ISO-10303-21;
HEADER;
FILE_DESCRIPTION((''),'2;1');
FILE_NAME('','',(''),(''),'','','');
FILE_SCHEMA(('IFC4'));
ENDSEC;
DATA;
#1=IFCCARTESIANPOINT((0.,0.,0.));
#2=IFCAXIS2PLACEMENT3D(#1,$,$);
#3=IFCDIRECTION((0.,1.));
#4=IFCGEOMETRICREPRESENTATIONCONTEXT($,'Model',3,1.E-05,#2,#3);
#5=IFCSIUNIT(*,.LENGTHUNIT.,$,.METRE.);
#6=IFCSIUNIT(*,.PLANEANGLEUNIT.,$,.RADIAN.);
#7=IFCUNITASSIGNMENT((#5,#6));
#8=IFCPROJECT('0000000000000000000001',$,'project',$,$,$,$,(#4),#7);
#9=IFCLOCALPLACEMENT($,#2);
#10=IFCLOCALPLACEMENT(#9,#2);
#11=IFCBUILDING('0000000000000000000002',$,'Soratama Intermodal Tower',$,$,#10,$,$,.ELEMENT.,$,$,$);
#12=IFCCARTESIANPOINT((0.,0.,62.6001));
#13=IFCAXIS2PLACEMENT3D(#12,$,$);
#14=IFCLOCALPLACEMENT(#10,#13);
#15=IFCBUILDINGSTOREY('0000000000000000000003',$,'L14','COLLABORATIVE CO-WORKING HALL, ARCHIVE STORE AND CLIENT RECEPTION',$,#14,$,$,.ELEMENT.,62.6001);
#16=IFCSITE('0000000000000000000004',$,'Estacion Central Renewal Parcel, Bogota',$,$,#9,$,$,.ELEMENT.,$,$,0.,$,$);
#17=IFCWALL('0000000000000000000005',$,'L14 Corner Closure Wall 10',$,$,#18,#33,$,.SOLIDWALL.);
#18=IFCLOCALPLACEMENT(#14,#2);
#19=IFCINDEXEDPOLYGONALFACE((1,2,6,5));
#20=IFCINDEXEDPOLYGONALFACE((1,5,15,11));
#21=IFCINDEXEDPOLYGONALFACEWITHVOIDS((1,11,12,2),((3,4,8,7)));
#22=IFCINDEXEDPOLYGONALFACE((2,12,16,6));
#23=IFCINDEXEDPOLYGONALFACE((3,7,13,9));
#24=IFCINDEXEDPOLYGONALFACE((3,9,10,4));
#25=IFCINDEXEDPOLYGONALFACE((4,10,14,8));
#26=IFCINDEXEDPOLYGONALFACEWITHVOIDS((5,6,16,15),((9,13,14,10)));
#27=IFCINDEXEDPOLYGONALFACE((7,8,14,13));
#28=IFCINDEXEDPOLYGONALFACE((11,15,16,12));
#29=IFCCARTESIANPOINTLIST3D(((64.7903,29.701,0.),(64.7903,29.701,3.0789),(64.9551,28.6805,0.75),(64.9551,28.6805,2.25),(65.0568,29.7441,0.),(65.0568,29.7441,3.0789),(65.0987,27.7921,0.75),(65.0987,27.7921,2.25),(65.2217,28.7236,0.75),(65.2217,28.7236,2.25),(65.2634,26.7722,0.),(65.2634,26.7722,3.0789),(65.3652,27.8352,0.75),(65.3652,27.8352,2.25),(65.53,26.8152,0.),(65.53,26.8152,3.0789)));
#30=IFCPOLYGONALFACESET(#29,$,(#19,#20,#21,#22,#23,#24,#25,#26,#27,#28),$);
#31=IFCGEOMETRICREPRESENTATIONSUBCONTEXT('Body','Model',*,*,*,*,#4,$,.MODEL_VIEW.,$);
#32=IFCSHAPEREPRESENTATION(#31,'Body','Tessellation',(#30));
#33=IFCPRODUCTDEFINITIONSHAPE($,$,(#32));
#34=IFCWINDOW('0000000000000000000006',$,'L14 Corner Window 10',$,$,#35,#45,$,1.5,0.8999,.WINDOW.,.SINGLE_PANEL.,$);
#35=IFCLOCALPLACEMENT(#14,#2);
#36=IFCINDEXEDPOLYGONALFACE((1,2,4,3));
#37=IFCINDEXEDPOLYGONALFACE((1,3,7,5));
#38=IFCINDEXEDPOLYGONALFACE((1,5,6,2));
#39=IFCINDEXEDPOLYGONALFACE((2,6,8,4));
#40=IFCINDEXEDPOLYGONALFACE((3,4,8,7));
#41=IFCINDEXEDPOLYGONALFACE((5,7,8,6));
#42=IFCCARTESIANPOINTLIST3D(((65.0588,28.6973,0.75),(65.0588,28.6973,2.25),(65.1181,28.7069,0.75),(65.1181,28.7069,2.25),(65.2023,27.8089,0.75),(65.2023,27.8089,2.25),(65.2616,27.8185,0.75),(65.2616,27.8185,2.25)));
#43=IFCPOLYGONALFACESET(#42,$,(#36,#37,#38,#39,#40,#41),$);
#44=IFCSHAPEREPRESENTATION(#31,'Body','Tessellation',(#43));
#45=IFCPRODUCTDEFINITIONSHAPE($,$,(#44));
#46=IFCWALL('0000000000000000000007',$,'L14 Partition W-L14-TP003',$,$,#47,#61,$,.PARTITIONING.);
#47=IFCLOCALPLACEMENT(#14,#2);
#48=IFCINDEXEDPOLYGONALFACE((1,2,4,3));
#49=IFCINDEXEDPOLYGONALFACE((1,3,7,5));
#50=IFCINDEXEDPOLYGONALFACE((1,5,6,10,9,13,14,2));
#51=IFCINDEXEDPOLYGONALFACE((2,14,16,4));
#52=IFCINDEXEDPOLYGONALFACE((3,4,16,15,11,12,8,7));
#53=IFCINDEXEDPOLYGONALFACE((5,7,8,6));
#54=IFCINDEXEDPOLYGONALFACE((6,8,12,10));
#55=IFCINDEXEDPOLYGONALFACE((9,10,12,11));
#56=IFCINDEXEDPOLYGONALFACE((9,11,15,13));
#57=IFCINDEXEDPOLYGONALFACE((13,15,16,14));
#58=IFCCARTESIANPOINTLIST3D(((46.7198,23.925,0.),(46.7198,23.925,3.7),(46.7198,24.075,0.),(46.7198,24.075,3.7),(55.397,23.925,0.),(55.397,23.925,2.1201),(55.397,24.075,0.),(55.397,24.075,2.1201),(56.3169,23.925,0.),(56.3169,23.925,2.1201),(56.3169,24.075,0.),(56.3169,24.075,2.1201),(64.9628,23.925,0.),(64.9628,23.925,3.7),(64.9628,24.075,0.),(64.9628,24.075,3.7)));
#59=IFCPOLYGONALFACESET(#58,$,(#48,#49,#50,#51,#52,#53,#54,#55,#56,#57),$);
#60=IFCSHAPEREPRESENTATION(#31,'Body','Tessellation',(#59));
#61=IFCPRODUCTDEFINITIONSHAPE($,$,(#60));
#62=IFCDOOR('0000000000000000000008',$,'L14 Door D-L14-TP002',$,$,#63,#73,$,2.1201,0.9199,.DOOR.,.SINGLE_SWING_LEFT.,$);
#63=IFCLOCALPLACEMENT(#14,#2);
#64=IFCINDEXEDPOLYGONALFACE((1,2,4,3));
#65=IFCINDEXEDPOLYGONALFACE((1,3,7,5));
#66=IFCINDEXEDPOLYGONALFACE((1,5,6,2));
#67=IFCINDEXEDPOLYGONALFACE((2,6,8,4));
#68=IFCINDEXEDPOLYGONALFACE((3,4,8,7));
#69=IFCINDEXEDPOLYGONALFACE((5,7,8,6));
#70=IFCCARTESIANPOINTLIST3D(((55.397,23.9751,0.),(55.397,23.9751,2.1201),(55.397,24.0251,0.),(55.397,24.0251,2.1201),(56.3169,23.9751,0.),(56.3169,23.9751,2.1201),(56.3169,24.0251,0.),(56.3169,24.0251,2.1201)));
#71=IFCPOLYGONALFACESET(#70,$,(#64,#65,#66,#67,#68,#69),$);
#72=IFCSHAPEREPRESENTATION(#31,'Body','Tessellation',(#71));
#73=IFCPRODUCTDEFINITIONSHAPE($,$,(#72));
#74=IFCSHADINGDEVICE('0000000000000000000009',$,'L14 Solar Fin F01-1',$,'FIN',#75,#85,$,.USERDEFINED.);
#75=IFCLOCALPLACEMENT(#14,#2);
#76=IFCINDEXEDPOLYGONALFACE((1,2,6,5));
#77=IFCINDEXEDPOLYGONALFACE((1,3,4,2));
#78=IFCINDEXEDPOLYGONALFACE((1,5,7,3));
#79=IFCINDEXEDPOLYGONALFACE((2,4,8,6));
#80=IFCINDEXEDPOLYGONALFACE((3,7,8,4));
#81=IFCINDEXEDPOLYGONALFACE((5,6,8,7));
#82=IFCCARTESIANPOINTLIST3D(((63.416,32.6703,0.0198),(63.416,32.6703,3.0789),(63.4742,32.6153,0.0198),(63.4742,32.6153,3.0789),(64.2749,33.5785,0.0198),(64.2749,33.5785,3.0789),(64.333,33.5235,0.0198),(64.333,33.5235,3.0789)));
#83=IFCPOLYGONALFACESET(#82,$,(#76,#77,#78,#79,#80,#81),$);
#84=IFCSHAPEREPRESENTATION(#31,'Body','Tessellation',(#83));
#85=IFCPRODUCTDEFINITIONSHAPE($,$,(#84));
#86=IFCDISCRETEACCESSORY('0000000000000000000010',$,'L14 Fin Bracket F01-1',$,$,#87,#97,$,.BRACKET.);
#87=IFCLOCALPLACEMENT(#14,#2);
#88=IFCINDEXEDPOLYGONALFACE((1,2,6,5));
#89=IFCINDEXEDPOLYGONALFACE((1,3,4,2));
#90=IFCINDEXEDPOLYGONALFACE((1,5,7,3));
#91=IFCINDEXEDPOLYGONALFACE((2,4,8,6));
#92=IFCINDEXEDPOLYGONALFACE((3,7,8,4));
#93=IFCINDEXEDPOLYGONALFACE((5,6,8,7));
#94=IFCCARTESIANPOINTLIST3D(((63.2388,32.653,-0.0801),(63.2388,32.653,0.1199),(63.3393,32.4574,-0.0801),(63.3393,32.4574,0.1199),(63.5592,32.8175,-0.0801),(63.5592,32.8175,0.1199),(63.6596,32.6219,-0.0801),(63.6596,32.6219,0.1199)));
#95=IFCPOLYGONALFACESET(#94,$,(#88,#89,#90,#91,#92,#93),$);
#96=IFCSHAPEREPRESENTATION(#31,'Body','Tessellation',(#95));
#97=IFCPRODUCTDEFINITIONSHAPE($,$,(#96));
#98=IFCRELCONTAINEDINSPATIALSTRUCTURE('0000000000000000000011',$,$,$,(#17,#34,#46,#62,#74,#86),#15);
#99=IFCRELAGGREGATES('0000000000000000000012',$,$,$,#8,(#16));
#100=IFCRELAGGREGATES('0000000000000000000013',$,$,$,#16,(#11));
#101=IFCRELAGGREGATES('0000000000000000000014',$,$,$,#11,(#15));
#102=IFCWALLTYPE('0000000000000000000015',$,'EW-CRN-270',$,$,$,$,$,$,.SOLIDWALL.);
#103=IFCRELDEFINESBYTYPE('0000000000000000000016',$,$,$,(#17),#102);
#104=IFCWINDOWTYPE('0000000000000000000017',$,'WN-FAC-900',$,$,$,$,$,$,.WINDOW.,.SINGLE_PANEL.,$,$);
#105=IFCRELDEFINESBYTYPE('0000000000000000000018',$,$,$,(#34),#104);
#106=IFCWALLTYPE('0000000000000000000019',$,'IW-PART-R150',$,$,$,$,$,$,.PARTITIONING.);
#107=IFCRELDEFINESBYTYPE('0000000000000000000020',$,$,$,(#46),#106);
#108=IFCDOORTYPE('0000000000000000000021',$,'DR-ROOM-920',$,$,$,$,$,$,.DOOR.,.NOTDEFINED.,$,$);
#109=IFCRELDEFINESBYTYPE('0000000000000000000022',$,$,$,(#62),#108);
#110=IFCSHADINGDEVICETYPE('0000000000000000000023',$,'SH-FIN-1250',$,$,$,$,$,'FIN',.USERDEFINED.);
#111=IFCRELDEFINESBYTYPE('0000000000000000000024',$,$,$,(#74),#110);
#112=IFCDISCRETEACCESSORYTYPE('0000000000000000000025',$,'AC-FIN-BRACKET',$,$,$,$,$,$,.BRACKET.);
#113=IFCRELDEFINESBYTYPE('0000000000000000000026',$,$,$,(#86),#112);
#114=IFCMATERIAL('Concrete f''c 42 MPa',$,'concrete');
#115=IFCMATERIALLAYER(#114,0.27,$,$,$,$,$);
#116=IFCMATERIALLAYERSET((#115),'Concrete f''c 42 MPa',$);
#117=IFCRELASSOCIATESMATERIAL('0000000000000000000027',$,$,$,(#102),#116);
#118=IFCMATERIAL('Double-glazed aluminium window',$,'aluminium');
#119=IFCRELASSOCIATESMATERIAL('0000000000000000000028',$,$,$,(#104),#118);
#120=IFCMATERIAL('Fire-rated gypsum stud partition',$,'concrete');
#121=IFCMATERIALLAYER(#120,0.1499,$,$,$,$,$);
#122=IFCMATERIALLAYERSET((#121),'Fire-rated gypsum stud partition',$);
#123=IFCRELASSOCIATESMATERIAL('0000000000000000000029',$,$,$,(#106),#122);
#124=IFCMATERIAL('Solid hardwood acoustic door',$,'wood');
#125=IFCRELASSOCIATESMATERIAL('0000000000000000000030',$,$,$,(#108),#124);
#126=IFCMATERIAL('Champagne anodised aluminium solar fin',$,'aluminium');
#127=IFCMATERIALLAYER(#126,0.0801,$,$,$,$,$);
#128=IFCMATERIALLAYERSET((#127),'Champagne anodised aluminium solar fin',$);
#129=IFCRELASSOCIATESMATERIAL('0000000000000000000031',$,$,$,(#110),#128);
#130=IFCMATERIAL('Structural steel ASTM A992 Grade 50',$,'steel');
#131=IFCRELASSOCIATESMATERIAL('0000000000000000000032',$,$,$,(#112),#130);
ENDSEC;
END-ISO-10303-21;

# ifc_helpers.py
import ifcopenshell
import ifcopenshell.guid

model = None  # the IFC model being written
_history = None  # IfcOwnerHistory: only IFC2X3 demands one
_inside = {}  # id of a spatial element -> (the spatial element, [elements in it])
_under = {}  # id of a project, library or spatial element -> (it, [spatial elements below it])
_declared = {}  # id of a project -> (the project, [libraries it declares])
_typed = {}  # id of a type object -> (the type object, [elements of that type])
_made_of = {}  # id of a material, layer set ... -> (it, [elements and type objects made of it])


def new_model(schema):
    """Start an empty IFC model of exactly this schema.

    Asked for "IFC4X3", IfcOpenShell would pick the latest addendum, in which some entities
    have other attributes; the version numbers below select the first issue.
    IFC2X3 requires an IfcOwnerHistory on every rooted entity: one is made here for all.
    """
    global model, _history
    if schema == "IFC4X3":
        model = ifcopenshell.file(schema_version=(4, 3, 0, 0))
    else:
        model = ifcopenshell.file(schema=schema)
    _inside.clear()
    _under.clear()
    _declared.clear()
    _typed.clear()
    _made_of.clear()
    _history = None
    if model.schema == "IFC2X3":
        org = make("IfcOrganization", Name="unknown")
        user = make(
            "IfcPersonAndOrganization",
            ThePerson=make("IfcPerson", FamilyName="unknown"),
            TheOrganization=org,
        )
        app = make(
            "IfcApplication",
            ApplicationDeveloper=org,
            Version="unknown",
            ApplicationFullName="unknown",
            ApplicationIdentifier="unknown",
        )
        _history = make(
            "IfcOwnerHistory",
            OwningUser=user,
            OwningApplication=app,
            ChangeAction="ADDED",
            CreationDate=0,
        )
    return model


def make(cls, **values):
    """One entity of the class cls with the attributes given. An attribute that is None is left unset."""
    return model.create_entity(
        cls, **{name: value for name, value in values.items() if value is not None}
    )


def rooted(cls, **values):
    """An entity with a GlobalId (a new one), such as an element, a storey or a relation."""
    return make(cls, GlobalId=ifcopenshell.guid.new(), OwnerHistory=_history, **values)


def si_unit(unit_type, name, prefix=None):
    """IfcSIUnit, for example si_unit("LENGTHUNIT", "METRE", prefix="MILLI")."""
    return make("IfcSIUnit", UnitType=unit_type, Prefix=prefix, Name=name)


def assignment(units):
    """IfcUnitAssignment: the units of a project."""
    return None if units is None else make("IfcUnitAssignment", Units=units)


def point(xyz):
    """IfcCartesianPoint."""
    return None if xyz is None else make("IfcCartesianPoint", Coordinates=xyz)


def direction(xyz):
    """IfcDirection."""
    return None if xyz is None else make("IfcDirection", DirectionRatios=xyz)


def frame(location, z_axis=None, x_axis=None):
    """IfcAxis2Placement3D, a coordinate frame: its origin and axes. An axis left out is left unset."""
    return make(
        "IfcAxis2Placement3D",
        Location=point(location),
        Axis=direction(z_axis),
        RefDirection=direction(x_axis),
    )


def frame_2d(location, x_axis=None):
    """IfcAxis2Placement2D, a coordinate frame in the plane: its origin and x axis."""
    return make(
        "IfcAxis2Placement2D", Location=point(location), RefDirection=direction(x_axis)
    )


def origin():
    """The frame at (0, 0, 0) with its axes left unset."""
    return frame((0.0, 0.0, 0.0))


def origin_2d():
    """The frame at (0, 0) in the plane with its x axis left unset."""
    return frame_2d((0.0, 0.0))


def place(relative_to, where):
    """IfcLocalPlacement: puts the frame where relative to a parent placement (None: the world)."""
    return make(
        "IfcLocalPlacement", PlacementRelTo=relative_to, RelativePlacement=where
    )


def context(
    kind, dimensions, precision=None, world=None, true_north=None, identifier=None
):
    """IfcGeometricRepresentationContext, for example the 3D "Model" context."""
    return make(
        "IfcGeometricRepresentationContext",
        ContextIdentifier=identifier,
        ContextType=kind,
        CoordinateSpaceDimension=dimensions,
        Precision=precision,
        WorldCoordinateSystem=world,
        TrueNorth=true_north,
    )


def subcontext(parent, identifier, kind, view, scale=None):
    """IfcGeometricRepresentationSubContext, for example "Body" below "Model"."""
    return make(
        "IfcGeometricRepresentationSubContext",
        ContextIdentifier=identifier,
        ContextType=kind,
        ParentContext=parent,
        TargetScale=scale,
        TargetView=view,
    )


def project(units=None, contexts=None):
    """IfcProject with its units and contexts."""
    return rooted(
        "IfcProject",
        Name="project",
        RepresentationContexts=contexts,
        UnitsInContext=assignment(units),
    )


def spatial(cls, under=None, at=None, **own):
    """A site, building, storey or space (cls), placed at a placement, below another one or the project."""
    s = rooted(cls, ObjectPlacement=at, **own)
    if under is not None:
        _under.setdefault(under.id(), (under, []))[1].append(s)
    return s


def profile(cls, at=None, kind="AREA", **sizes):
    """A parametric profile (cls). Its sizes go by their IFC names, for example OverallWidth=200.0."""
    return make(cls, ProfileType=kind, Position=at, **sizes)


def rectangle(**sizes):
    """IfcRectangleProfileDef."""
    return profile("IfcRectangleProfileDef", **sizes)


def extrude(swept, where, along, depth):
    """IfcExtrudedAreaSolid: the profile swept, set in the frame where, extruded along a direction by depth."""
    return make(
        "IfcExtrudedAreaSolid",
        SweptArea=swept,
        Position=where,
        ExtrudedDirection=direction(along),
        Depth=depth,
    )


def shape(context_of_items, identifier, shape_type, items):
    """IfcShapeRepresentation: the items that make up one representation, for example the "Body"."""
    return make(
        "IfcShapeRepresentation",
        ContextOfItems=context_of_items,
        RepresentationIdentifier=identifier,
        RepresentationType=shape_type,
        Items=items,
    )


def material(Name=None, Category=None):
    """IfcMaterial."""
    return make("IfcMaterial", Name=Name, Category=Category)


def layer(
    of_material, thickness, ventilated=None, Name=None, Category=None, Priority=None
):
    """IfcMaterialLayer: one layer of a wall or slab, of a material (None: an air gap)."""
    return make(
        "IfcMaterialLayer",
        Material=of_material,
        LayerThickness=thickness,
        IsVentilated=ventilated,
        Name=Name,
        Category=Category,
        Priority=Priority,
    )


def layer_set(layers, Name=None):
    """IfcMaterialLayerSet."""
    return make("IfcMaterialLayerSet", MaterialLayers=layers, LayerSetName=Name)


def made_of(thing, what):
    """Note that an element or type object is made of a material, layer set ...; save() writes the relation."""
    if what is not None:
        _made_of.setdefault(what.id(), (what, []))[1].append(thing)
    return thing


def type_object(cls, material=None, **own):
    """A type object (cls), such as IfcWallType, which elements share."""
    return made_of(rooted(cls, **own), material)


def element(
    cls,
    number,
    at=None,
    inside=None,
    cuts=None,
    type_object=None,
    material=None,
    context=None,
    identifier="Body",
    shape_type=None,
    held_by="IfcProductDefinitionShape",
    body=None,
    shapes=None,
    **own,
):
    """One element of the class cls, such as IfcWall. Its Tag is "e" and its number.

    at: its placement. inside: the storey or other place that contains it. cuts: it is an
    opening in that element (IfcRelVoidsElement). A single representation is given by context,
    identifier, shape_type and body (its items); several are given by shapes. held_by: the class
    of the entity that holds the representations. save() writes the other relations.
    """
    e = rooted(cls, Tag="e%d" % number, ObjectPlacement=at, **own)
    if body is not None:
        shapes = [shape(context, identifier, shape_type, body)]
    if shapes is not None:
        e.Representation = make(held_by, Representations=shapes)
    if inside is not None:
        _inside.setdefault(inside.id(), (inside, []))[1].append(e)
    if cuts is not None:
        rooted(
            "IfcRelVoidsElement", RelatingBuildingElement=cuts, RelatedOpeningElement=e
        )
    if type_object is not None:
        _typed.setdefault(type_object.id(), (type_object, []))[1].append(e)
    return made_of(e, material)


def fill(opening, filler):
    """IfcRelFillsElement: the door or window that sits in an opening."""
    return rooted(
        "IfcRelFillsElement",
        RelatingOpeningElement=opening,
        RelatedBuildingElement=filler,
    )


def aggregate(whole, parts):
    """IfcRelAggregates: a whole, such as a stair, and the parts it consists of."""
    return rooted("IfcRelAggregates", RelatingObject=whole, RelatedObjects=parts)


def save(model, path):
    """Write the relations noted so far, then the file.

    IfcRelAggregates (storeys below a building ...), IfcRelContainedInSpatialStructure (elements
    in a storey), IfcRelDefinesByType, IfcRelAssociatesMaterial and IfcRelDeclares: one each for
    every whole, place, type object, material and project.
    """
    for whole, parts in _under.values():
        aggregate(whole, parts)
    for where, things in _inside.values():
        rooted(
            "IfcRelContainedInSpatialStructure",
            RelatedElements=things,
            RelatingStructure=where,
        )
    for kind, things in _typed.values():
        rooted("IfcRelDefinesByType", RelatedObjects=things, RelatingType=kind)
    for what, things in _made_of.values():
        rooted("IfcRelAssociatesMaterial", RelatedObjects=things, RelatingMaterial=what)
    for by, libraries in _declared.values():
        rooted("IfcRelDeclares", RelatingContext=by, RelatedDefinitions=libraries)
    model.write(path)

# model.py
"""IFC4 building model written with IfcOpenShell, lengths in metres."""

from ifc_helpers import new_model, si_unit, direction, frame, frame_2d, origin, origin_2d, place, context, subcontext, project, spatial, rectangle, extrude, material, layer, layer_set, type_object, element, fill, save


model = new_model("IFC4")

# Units and contexts
model_context = context("Model", 3, precision=1e-05, world=origin(), true_north=direction((0.0, 1.0)))
body_context = subcontext(model_context, "Body", "Model", "MODEL_VIEW")
ifc_project = project(units=[si_unit("LENGTHUNIT", "METRE"), si_unit("PLANEANGLEUNIT", "RADIAN")], contexts=[model_context])

# Site, building, storey
site_placement = place(None, origin())
site = spatial("IfcSite", under=ifc_project, at=site_placement, Name="Estacion Central Renewal Parcel, Bogota", CompositionType="ELEMENT", RefElevation=0.0)
building_placement = place(site_placement, origin())
building = spatial("IfcBuilding", under=site, at=building_placement, Name="Soratama Intermodal Tower", CompositionType="ELEMENT")
storey_placement = place(building_placement, frame((0.0, 0.0, 62.6001)))
storey = spatial("IfcBuildingStorey", under=building, at=storey_placement, Name="L14", Description="COLLABORATIVE CO-WORKING HALL, ARCHIVE STORE AND CLIENT RECEPTION", CompositionType="ELEMENT", Elevation=62.6001)

# Wall, opening, window
ifc_material_1 = material(Name="Concrete f'c 42 MPa", Category="concrete")
ifc_layer_1 = layer(ifc_material_1, 0.27)
ifc_layer_set_1 = layer_set([ifc_layer_1], Name="Concrete f'c 42 MPa")
wall_type_1 = type_object("IfcWallType", Name="EW-CRN-270", PredefinedType="SOLIDWALL", material=ifc_layer_set_1)
wall_1_placement = place(storey_placement, frame((65.3967, 26.7937, 0.0), z_axis=(0.0, 0.0, 1.0), x_axis=(-0.159486, 0.9872, 0.0)))
wall_1 = element("IfcWall", 1, at=wall_1_placement, inside=storey, type_object=wall_type_1, Name="L14 Corner Closure Wall 10", PredefinedType="SOLIDWALL", context=body_context, shape_type="SweptSolid", body=[
    extrude(rectangle(XDim=2.9668, YDim=0.27, at=frame_2d((1.4834, 0.0))), origin(), (0.0, 0.0, 1.0), 3.0789),
])
opening_1_placement = place(wall_1_placement, frame((1.0332, 0.0, 0.75)))
opening_1 = element("IfcOpeningElement", 2, at=opening_1_placement, cuts=wall_1, PredefinedType="OPENING", context=body_context, shape_type="SweptSolid", body=[
    extrude(rectangle(XDim=0.8999, YDim=1.5, at=frame_2d((0.45, 0.75))), frame((0.0, 0.145, 0.0), z_axis=(0.0, -1.0, 0.0), x_axis=(1.0, 0.0, 0.0)), (0.0, 0.0, 1.0), 0.29),
])
ifc_material_2 = material(Name="Double-glazed aluminium window", Category="aluminium")
window_type = type_object("IfcWindowType", Name="WN-FAC-900", PartitioningType="SINGLE_PANEL", PredefinedType="WINDOW", material=ifc_material_2)
window_placement = place(opening_1_placement, origin())
window = element("IfcWindow", 3, at=window_placement, inside=storey, type_object=window_type, Name="L14 Corner Window 10", OverallHeight=1.5, OverallWidth=0.8999, PartitioningType="SINGLE_PANEL", PredefinedType="WINDOW", context=body_context, shape_type="SweptSolid", body=[
    extrude(rectangle(XDim=0.8999, YDim=1.5, at=frame_2d((0.45, 0.75))), frame((0.0, 0.03, 0.0), z_axis=(0.0, -1.0, 0.0), x_axis=(1.0, 0.0, 0.0)), (0.0, 0.0, 1.0), 0.0601),
])
fill(opening_1, window)

# Wall, opening, door
ifc_material_3 = material(Name="Fire-rated gypsum stud partition", Category="concrete")
ifc_layer_2 = layer(ifc_material_3, 0.1499)
ifc_layer_set_2 = layer_set([ifc_layer_2], Name="Fire-rated gypsum stud partition")
wall_type_2 = type_object("IfcWallType", Name="IW-PART-R150", PredefinedType="PARTITIONING", material=ifc_layer_set_2)
wall_2_placement = place(storey_placement, frame((64.9629, 24.0, 0.0), z_axis=(0.0, 0.0, 1.0), x_axis=(-1.0, 0.0, 0.0)))
wall_2 = element("IfcWall", 4, at=wall_2_placement, inside=storey, type_object=wall_type_2, Name="L14 Partition W-L14-TP003", PredefinedType="PARTITIONING", context=body_context, shape_type="SweptSolid", body=[
    extrude(rectangle(XDim=18.2429, YDim=0.1499, at=frame_2d((9.1216, 0.0))), origin(), (0.0, 0.0, 1.0), 3.7),
])
opening_2_placement = place(wall_2_placement, frame((8.646, 0.0, 0.0)))
opening_2 = element("IfcOpeningElement", 5, at=opening_2_placement, cuts=wall_2, PredefinedType="OPENING", context=body_context, shape_type="SweptSolid", body=[
    extrude(rectangle(XDim=0.9199, YDim=2.1201, at=frame_2d((0.46, 1.0601))), frame((0.0, 0.085, 0.0), z_axis=(0.0, -1.0, 0.0), x_axis=(1.0, 0.0, 0.0)), (0.0, 0.0, 1.0), 0.1699),
])
ifc_material_4 = material(Name="Solid hardwood acoustic door", Category="wood")
door_type = type_object("IfcDoorType", Name="DR-ROOM-920", OperationType="NOTDEFINED", PredefinedType="DOOR", material=ifc_material_4)
door_placement = place(opening_2_placement, origin())
door = element("IfcDoor", 6, at=door_placement, inside=storey, type_object=door_type, Name="L14 Door D-L14-TP002", OperationType="SINGLE_SWING_LEFT", OverallHeight=2.1201, OverallWidth=0.9199, PredefinedType="DOOR", context=body_context, shape_type="SweptSolid", body=[
    extrude(rectangle(XDim=0.9199, YDim=2.1201, at=frame_2d((0.46, 1.0601))), frame((0.0, 0.0249, 0.0), z_axis=(0.0, -1.0, 0.0), x_axis=(1.0, 0.0, 0.0)), (0.0, 0.0, 1.0), 0.05),
])
fill(opening_2, door)

# Shading device
ifc_material_5 = material(Name="Champagne anodised aluminium solar fin", Category="aluminium")
ifc_layer_3 = layer(ifc_material_5, 0.0801)
ifc_layer_set_3 = layer_set([ifc_layer_3], Name="Champagne anodised aluminium solar fin")
shading_device_type = type_object("IfcShadingDeviceType", Name="SH-FIN-1250", ElementType="FIN", PredefinedType="USERDEFINED", material=ifc_layer_set_3)
shading_device_placement = place(storey_placement, frame((63.8745, 33.0969, 0.0198), z_axis=(0.0, 0.0, 1.0), x_axis=(0.687088, 0.726575, 0.0)))
element("IfcShadingDevice", 7, at=shading_device_placement, inside=storey, type_object=shading_device_type, Name="L14 Solar Fin F01-1", ObjectType="FIN", PredefinedType="USERDEFINED", context=body_context, shape_type="SweptSolid", body=[
    extrude(rectangle(XDim=1.25, YDim=0.0801, at=origin_2d()), origin(), (0.0, 0.0, 1.0), 3.0591),
])

# Discrete accessory
ifc_material_6 = material(Name="Structural steel ASTM A992 Grade 50", Category="steel")
discrete_accessory_type = type_object("IfcDiscreteAccessoryType", Name="AC-FIN-BRACKET", PredefinedType="BRACKET", material=ifc_material_6)
discrete_accessory_placement = place(storey_placement, frame((63.4492, 32.6375, -0.0801), z_axis=(0.0, 0.0, 1.0), x_axis=(0.889576, 0.456787, 0.0)))
element("IfcDiscreteAccessory", 8, at=discrete_accessory_placement, inside=storey, type_object=discrete_accessory_type, Name="L14 Fin Bracket F01-1", PredefinedType="BRACKET", context=body_context, shape_type="SweptSolid", body=[
    extrude(rectangle(XDim=0.3601, YDim=0.22, at=origin_2d()), origin(), (0.0, 0.0, 1.0), 0.2),
])

save(model, "model.ifc")
